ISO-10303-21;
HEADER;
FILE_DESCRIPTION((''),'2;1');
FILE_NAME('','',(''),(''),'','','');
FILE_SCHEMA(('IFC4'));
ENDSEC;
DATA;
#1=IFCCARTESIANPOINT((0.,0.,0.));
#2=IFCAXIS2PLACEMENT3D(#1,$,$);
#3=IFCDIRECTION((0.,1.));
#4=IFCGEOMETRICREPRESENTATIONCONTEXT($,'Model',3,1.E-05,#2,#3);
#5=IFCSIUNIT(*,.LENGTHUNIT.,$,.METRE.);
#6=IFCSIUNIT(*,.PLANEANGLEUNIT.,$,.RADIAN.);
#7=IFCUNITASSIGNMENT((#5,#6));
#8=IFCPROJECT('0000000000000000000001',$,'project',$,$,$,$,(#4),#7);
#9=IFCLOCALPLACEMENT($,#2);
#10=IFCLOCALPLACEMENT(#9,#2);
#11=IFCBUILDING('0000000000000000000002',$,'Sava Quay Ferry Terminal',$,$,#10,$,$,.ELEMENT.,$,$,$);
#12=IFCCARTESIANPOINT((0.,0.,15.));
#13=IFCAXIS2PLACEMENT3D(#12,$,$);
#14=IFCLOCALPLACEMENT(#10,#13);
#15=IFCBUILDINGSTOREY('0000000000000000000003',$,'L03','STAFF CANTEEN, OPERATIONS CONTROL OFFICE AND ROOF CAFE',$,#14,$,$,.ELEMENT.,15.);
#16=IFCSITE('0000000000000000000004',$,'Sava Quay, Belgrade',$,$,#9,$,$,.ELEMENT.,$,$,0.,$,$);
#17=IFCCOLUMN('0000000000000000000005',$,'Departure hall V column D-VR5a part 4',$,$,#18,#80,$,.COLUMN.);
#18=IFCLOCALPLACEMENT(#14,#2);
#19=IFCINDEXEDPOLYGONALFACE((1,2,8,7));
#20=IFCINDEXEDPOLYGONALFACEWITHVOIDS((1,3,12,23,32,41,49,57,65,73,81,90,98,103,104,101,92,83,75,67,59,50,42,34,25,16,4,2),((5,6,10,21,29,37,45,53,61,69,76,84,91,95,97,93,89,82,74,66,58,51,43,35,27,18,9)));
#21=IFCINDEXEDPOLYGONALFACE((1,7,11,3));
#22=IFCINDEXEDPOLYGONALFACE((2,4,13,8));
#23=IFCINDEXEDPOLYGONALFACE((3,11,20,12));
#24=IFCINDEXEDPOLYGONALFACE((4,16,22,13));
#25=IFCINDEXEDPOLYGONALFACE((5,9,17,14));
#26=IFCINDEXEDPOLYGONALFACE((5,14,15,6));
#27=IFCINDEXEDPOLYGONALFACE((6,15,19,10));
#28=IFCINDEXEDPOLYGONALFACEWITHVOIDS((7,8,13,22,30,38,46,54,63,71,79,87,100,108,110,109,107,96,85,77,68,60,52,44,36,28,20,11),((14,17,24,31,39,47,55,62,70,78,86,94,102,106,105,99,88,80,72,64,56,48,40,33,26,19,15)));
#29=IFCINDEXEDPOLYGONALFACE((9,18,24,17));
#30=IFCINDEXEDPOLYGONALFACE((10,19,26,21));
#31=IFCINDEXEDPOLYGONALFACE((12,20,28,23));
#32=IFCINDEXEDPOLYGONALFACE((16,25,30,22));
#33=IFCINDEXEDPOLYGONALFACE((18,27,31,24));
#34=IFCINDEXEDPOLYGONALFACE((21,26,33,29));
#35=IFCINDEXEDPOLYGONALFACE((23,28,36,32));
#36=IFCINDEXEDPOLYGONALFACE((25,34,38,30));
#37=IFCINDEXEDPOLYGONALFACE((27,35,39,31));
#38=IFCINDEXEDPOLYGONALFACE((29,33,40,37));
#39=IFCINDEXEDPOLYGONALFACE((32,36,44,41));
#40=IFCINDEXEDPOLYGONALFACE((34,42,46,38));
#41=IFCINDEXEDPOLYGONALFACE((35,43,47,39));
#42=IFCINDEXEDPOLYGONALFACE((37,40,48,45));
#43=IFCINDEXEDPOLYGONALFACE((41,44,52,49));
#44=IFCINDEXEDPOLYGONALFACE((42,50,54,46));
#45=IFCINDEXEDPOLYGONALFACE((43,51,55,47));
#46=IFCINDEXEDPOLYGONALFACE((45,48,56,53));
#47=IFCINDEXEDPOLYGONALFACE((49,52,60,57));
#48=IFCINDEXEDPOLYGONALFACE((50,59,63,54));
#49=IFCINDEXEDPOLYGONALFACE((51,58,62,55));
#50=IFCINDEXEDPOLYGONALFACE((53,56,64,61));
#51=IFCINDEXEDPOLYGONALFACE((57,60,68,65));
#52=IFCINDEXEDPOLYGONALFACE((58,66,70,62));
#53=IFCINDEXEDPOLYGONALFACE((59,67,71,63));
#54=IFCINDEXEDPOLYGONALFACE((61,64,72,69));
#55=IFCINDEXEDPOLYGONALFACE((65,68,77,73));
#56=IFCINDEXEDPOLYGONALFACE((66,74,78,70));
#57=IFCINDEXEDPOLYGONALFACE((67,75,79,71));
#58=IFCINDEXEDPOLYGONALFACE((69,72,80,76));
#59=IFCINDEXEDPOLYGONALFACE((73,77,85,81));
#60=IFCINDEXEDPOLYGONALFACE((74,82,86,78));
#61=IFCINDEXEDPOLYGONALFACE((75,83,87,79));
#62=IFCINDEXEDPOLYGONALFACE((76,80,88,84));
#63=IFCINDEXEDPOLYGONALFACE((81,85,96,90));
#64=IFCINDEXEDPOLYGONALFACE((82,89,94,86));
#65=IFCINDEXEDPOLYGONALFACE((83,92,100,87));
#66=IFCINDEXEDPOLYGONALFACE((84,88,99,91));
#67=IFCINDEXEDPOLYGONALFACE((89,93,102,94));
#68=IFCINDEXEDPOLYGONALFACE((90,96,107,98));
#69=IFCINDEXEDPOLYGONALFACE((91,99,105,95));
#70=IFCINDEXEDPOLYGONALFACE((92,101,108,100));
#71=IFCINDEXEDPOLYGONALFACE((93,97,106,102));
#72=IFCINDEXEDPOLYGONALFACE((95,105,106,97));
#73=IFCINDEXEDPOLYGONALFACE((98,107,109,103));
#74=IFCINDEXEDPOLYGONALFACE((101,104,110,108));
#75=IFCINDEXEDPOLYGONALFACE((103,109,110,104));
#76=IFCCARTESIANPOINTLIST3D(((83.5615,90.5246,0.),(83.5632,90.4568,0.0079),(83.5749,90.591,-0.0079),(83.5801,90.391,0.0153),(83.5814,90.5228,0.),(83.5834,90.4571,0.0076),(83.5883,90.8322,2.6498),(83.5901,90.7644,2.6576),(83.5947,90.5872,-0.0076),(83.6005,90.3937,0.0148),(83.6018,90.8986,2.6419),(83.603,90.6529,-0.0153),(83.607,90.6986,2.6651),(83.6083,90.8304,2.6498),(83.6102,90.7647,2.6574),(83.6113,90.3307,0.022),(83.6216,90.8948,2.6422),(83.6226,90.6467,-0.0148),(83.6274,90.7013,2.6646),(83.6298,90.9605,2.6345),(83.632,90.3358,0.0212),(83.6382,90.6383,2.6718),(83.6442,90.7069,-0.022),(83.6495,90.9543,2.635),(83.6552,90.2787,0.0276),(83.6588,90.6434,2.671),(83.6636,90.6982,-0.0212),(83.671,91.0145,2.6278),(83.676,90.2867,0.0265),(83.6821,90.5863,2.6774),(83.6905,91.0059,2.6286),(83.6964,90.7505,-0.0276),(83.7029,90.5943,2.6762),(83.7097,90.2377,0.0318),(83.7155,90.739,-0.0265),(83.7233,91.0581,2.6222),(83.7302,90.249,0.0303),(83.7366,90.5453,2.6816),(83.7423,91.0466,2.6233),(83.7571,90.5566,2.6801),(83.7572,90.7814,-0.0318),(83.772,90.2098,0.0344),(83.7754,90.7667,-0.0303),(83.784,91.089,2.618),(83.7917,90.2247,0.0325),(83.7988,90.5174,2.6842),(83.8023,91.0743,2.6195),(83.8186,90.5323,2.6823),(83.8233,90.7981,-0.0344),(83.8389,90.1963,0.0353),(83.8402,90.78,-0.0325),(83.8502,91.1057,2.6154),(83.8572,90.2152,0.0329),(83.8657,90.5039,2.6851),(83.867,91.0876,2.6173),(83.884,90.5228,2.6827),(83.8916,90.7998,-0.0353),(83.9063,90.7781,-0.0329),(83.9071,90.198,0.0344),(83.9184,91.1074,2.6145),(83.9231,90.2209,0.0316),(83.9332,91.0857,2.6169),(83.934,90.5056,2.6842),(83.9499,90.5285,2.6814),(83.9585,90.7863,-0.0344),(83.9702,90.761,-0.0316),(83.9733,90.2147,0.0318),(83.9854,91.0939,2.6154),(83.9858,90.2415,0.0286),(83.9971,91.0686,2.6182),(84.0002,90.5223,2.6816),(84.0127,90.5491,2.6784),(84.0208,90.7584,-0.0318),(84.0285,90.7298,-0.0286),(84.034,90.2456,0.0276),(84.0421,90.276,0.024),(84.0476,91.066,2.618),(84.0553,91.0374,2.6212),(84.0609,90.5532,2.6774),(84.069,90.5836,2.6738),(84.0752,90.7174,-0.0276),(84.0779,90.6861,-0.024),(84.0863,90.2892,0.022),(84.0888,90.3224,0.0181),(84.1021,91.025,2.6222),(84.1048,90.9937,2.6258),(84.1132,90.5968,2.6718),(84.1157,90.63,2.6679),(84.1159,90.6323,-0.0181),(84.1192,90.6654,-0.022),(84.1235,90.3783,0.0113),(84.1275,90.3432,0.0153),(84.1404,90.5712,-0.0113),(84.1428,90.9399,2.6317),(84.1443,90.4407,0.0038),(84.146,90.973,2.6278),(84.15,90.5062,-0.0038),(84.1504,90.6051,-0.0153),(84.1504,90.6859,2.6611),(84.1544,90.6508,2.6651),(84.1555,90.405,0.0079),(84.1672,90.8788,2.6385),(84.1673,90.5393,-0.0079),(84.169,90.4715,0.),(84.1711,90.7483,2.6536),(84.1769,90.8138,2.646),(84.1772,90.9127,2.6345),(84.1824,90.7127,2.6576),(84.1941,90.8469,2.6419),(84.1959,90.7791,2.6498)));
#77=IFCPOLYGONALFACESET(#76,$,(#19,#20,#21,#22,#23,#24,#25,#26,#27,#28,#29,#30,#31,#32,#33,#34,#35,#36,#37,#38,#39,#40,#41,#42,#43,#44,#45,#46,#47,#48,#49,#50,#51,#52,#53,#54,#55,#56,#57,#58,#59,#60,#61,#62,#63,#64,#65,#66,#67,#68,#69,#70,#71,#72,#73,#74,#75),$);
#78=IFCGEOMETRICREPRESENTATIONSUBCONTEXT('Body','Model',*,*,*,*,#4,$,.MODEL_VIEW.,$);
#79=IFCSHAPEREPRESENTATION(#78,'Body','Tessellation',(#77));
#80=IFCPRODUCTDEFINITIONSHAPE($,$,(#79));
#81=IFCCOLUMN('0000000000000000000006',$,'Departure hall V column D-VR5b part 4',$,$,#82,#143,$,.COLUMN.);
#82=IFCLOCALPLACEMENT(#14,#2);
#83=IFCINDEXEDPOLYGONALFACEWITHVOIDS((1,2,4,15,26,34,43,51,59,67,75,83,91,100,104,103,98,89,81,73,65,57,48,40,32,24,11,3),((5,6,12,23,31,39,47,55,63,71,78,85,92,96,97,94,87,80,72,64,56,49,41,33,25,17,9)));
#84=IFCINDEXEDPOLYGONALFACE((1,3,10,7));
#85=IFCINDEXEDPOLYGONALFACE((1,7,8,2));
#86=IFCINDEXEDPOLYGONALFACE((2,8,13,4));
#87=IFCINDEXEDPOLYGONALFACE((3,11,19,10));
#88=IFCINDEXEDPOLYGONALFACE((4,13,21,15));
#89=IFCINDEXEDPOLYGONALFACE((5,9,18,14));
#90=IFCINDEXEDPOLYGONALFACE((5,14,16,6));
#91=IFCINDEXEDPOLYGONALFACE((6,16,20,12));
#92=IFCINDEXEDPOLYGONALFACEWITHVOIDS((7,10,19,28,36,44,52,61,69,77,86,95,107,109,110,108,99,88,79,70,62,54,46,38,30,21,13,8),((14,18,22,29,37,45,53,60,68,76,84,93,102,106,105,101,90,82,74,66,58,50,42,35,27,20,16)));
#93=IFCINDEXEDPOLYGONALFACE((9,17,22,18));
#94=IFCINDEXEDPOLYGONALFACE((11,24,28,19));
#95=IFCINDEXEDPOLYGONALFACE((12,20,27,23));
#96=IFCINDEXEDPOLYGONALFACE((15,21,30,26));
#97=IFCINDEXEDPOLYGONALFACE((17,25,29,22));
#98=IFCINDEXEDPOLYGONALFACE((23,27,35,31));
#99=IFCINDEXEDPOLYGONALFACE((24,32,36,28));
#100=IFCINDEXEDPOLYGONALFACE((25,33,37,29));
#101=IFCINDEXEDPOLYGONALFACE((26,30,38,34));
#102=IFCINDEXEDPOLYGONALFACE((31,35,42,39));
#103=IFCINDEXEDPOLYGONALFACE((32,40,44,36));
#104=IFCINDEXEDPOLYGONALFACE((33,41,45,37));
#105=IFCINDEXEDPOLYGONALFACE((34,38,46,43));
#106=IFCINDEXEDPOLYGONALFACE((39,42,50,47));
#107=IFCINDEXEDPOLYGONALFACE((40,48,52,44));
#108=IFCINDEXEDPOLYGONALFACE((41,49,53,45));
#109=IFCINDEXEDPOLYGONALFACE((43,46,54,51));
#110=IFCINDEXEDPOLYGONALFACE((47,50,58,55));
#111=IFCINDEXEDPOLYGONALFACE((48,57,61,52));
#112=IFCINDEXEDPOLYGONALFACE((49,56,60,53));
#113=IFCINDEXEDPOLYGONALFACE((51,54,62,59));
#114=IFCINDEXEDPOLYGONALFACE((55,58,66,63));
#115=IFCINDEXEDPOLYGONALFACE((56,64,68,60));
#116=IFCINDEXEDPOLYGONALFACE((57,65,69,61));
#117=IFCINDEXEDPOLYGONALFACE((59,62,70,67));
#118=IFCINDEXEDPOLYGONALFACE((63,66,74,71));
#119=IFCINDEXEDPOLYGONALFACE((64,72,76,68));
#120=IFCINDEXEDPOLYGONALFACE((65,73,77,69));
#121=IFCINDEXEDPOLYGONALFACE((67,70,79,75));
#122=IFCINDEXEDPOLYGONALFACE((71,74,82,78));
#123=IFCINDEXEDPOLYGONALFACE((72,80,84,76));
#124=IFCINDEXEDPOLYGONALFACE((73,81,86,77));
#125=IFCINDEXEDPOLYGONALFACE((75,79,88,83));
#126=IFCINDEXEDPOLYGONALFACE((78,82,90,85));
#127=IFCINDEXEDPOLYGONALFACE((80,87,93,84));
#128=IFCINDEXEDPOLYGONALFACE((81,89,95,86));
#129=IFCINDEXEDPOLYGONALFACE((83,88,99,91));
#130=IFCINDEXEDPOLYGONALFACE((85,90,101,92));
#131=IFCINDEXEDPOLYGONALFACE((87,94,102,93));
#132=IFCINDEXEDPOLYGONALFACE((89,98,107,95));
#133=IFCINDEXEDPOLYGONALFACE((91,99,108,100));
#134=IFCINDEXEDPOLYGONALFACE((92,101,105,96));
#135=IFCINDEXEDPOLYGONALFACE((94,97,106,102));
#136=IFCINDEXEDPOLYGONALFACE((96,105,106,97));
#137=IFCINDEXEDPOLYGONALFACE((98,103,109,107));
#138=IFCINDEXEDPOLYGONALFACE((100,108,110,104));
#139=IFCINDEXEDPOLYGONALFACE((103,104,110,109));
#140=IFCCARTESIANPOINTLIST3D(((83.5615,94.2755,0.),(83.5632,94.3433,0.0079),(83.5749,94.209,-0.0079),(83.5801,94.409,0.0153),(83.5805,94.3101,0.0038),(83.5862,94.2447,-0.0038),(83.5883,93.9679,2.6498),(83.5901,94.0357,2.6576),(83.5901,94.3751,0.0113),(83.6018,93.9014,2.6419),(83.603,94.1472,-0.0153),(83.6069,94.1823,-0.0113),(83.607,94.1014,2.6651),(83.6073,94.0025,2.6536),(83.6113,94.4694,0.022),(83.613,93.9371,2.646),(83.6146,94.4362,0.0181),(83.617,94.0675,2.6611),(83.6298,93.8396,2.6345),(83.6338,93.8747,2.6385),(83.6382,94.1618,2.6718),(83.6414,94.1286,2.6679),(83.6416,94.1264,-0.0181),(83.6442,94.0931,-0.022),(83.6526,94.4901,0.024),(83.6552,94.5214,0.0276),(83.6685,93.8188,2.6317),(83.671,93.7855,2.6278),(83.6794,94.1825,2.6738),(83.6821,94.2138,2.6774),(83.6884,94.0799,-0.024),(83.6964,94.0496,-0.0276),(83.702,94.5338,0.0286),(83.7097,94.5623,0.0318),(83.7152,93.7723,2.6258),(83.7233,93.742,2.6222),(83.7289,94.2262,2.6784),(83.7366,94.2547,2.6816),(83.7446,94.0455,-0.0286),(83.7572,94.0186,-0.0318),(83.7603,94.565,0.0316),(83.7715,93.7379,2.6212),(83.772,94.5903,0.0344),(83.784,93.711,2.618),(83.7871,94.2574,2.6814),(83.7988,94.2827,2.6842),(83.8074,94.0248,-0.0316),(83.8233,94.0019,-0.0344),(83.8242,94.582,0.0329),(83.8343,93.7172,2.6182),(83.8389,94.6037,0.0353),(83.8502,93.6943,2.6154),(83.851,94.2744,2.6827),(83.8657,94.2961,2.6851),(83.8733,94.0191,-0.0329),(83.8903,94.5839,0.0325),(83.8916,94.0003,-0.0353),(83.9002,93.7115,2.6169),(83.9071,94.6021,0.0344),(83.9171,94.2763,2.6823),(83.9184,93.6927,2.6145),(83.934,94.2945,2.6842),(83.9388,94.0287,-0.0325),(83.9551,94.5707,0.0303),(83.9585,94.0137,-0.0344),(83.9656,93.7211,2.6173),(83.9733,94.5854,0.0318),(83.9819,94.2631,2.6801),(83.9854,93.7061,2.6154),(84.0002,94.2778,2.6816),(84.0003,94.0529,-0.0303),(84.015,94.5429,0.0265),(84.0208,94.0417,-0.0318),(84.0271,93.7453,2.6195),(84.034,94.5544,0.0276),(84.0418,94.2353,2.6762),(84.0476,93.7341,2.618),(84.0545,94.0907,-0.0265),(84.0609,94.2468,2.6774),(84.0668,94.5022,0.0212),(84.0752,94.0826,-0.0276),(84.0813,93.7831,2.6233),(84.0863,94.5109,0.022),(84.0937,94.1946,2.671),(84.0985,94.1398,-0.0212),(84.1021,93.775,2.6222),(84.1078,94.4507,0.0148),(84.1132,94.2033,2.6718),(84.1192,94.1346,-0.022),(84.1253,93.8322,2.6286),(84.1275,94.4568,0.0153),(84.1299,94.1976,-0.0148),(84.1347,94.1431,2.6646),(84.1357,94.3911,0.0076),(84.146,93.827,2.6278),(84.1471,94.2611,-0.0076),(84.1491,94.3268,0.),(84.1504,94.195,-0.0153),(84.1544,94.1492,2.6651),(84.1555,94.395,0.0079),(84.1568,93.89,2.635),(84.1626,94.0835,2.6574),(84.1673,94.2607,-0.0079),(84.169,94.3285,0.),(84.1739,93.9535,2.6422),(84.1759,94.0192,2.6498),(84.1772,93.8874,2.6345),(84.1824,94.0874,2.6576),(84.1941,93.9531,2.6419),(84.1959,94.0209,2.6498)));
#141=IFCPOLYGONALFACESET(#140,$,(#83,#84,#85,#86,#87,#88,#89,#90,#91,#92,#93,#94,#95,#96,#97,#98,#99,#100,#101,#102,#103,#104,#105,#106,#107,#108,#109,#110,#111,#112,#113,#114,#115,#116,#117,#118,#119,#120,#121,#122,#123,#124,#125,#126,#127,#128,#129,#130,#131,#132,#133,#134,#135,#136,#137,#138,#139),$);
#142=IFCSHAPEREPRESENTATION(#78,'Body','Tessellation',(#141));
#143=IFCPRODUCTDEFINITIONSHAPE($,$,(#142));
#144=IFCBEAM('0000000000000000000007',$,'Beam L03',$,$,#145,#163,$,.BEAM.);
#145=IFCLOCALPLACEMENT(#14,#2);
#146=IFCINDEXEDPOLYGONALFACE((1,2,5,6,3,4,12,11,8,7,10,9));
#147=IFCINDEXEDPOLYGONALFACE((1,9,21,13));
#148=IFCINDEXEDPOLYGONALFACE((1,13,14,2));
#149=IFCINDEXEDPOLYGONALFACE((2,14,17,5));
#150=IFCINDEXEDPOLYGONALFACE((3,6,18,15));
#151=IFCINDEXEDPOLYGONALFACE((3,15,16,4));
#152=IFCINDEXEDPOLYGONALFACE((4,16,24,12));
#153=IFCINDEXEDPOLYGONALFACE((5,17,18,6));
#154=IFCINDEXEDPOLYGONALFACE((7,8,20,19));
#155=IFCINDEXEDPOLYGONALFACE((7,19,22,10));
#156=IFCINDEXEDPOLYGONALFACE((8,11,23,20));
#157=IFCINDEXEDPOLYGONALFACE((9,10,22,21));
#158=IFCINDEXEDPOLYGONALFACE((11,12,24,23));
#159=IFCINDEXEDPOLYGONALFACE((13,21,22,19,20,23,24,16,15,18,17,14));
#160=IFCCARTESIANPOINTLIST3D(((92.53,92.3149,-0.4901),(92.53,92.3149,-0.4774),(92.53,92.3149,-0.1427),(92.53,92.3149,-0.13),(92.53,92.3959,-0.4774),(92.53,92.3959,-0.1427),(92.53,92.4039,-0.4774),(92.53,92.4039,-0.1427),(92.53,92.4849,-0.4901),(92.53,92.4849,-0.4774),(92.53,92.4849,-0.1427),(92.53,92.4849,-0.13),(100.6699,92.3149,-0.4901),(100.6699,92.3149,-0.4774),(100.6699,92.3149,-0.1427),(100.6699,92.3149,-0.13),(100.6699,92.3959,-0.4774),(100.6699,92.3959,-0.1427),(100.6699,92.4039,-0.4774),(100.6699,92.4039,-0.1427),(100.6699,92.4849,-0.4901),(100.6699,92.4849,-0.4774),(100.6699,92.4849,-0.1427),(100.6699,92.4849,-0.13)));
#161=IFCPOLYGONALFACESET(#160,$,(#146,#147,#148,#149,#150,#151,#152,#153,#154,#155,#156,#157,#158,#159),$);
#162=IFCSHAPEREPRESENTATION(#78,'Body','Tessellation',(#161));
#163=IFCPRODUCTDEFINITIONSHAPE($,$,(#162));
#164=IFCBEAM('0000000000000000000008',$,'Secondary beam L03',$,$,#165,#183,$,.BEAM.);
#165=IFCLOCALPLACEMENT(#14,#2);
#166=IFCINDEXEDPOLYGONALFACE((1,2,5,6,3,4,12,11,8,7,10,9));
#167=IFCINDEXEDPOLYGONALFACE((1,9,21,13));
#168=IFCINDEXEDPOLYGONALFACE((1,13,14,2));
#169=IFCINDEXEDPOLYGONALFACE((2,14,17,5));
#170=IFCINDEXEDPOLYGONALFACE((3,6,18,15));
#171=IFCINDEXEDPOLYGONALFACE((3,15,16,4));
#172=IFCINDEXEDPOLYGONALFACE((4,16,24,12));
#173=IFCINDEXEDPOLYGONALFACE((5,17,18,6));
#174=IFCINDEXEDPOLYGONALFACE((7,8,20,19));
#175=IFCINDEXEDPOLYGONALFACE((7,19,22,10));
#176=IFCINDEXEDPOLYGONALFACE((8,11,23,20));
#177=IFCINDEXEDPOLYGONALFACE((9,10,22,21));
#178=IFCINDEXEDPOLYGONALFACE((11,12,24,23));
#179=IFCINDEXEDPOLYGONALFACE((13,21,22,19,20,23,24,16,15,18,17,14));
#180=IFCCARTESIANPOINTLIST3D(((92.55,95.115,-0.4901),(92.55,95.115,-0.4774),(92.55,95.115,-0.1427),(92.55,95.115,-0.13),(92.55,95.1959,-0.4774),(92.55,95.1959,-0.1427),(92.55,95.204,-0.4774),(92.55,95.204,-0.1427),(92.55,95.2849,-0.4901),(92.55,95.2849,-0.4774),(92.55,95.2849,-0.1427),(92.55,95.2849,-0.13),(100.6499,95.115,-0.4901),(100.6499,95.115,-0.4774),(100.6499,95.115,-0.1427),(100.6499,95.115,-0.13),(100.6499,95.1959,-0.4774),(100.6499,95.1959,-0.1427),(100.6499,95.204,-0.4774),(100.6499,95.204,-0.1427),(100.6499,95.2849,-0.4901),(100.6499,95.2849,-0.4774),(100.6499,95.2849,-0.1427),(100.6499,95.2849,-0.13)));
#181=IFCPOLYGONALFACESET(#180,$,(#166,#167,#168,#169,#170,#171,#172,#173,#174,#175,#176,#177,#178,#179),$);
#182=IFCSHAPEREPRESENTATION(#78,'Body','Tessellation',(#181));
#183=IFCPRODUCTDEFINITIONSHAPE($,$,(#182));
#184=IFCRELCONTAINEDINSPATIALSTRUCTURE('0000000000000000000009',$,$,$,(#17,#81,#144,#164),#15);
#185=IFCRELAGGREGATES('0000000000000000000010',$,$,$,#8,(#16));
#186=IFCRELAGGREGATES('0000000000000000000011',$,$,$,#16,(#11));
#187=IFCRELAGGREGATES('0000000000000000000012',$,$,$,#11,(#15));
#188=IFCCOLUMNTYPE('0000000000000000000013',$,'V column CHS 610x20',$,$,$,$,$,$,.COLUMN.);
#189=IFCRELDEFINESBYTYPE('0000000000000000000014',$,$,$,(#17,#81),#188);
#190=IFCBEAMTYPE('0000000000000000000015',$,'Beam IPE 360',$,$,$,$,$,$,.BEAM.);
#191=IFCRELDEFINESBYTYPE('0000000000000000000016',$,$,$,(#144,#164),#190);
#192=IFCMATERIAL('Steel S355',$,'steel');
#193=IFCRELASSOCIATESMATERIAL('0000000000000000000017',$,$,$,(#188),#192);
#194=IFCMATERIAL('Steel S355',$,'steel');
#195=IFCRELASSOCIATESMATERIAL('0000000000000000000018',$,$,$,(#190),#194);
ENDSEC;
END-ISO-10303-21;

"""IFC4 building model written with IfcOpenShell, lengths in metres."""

from ifc_helpers import new_model, si_unit, direction, frame, origin, origin_2d, place, context, subcontext, project, spatial, hollow_circle, i_section, extrude, material, material_profile, profile_set, type_object, element, save


model = new_model("IFC4")

# Units and contexts
model_context = context("Model", 3, precision=1e-05, world=origin(), true_north=direction((0.0, 1.0)))
body_context = subcontext(model_context, "Body", "Model", "MODEL_VIEW")
ifc_project = project(units=[si_unit("LENGTHUNIT", "METRE"), si_unit("PLANEANGLEUNIT", "RADIAN")], contexts=[model_context])

# Site, building, storey
site_placement = place(None, origin())
site = spatial("IfcSite", under=ifc_project, at=site_placement, Name="Sava Quay, Belgrade", CompositionType="ELEMENT", RefElevation=0.0)
building_placement = place(site_placement, origin())
building = spatial("IfcBuilding", under=site, at=building_placement, Name="Sava Quay Ferry Terminal", CompositionType="ELEMENT")
storey_placement = place(building_placement, frame((0.0, 0.0, 15.0)))
storey = spatial("IfcBuildingStorey", under=building, at=storey_placement, Name="L03", Description="STAFF CANTEEN, OPERATIONS CONTROL OFFICE AND ROOF CAFE", CompositionType="ELEMENT", Elevation=15.0)

# Columns
ifc_material_1 = material(Name="Steel S355", Category="steel")
ifc_material_profile_1 = material_profile(ifc_material_1, hollow_circle(Radius=0.3049, WallThickness=0.02, at=origin_2d()), Name="CHS 610 x 20.0")
ifc_profile_set_1 = profile_set([ifc_material_profile_1], Name="Steel S355")
column_type = type_object("IfcColumnType", Name="V column CHS 610x20", PredefinedType="COLUMN", material=ifc_profile_set_1)
for number, where, z_axis, x_axis, name in (
    (1, (83.8652, 90.498, 0.0), (0.010066, 0.115306, 0.993279), (-0.996211, 0.086971, 0.0), "Departure hall V column D-VR5a part 4"),
    (2, (83.8652, 94.302, 0.0), (0.010066, -0.115306, 0.993279), (0.996211, 0.086971, 0.0), "Departure hall V column D-VR5b part 4"),
):
    element("IfcColumn", number, at=place(storey_placement, frame(where, z_axis=z_axis, x_axis=x_axis)), inside=storey, type_object=column_type, Name=name, PredefinedType="COLUMN", context=body_context, shape_type="SweptSolid", body=[
        extrude(hollow_circle(Radius=0.3049, WallThickness=0.02, at=origin_2d()), origin(), (0.0, 0.0, 1.0), 2.6677),
    ])

# Beams
ifc_material_2 = material(Name="Steel S355", Category="steel")
ifc_material_profile_2 = material_profile(ifc_material_2, i_section(OverallWidth=0.1699, OverallDepth=0.3601, WebThickness=0.0081, FlangeThickness=0.0127, at=origin_2d()), Name="IPE 360")
ifc_profile_set_2 = profile_set([ifc_material_profile_2], Name="Steel S355")
beam_type_1 = type_object("IfcBeamType", Name="Beam IPE 360", PredefinedType="BEAM", material=ifc_profile_set_2)
beam_1_placement = place(storey_placement, frame((92.53, 92.3999, -0.3101), z_axis=(1.0, 0.0, 0.0), x_axis=(0.0, 1.0, 0.0)))
element("IfcBeam", 3, at=beam_1_placement, inside=storey, type_object=beam_type_1, Name="Beam L03", PredefinedType="BEAM", context=body_context, shape_type="SweptSolid", body=[
    extrude(i_section(OverallWidth=0.1699, OverallDepth=0.3601, WebThickness=0.0081, FlangeThickness=0.0127, at=origin_2d()), origin(), (0.0, 0.0, 1.0), 8.1399),
])
beam_2_placement = place(storey_placement, frame((92.55, 95.2, -0.3101), z_axis=(1.0, 0.0, 0.0), x_axis=(0.0, 1.0, 0.0)))
element("IfcBeam", 4, at=beam_2_placement, inside=storey, type_object=beam_type_1, Name="Secondary beam L03", PredefinedType="BEAM", context=body_context, shape_type="SweptSolid", body=[
    extrude(i_section(OverallWidth=0.1699, OverallDepth=0.3601, WebThickness=0.0081, FlangeThickness=0.0127, at=origin_2d()), origin(), (0.0, 0.0, 1.0), 8.0999),
])

save(model, "model.ifc")
